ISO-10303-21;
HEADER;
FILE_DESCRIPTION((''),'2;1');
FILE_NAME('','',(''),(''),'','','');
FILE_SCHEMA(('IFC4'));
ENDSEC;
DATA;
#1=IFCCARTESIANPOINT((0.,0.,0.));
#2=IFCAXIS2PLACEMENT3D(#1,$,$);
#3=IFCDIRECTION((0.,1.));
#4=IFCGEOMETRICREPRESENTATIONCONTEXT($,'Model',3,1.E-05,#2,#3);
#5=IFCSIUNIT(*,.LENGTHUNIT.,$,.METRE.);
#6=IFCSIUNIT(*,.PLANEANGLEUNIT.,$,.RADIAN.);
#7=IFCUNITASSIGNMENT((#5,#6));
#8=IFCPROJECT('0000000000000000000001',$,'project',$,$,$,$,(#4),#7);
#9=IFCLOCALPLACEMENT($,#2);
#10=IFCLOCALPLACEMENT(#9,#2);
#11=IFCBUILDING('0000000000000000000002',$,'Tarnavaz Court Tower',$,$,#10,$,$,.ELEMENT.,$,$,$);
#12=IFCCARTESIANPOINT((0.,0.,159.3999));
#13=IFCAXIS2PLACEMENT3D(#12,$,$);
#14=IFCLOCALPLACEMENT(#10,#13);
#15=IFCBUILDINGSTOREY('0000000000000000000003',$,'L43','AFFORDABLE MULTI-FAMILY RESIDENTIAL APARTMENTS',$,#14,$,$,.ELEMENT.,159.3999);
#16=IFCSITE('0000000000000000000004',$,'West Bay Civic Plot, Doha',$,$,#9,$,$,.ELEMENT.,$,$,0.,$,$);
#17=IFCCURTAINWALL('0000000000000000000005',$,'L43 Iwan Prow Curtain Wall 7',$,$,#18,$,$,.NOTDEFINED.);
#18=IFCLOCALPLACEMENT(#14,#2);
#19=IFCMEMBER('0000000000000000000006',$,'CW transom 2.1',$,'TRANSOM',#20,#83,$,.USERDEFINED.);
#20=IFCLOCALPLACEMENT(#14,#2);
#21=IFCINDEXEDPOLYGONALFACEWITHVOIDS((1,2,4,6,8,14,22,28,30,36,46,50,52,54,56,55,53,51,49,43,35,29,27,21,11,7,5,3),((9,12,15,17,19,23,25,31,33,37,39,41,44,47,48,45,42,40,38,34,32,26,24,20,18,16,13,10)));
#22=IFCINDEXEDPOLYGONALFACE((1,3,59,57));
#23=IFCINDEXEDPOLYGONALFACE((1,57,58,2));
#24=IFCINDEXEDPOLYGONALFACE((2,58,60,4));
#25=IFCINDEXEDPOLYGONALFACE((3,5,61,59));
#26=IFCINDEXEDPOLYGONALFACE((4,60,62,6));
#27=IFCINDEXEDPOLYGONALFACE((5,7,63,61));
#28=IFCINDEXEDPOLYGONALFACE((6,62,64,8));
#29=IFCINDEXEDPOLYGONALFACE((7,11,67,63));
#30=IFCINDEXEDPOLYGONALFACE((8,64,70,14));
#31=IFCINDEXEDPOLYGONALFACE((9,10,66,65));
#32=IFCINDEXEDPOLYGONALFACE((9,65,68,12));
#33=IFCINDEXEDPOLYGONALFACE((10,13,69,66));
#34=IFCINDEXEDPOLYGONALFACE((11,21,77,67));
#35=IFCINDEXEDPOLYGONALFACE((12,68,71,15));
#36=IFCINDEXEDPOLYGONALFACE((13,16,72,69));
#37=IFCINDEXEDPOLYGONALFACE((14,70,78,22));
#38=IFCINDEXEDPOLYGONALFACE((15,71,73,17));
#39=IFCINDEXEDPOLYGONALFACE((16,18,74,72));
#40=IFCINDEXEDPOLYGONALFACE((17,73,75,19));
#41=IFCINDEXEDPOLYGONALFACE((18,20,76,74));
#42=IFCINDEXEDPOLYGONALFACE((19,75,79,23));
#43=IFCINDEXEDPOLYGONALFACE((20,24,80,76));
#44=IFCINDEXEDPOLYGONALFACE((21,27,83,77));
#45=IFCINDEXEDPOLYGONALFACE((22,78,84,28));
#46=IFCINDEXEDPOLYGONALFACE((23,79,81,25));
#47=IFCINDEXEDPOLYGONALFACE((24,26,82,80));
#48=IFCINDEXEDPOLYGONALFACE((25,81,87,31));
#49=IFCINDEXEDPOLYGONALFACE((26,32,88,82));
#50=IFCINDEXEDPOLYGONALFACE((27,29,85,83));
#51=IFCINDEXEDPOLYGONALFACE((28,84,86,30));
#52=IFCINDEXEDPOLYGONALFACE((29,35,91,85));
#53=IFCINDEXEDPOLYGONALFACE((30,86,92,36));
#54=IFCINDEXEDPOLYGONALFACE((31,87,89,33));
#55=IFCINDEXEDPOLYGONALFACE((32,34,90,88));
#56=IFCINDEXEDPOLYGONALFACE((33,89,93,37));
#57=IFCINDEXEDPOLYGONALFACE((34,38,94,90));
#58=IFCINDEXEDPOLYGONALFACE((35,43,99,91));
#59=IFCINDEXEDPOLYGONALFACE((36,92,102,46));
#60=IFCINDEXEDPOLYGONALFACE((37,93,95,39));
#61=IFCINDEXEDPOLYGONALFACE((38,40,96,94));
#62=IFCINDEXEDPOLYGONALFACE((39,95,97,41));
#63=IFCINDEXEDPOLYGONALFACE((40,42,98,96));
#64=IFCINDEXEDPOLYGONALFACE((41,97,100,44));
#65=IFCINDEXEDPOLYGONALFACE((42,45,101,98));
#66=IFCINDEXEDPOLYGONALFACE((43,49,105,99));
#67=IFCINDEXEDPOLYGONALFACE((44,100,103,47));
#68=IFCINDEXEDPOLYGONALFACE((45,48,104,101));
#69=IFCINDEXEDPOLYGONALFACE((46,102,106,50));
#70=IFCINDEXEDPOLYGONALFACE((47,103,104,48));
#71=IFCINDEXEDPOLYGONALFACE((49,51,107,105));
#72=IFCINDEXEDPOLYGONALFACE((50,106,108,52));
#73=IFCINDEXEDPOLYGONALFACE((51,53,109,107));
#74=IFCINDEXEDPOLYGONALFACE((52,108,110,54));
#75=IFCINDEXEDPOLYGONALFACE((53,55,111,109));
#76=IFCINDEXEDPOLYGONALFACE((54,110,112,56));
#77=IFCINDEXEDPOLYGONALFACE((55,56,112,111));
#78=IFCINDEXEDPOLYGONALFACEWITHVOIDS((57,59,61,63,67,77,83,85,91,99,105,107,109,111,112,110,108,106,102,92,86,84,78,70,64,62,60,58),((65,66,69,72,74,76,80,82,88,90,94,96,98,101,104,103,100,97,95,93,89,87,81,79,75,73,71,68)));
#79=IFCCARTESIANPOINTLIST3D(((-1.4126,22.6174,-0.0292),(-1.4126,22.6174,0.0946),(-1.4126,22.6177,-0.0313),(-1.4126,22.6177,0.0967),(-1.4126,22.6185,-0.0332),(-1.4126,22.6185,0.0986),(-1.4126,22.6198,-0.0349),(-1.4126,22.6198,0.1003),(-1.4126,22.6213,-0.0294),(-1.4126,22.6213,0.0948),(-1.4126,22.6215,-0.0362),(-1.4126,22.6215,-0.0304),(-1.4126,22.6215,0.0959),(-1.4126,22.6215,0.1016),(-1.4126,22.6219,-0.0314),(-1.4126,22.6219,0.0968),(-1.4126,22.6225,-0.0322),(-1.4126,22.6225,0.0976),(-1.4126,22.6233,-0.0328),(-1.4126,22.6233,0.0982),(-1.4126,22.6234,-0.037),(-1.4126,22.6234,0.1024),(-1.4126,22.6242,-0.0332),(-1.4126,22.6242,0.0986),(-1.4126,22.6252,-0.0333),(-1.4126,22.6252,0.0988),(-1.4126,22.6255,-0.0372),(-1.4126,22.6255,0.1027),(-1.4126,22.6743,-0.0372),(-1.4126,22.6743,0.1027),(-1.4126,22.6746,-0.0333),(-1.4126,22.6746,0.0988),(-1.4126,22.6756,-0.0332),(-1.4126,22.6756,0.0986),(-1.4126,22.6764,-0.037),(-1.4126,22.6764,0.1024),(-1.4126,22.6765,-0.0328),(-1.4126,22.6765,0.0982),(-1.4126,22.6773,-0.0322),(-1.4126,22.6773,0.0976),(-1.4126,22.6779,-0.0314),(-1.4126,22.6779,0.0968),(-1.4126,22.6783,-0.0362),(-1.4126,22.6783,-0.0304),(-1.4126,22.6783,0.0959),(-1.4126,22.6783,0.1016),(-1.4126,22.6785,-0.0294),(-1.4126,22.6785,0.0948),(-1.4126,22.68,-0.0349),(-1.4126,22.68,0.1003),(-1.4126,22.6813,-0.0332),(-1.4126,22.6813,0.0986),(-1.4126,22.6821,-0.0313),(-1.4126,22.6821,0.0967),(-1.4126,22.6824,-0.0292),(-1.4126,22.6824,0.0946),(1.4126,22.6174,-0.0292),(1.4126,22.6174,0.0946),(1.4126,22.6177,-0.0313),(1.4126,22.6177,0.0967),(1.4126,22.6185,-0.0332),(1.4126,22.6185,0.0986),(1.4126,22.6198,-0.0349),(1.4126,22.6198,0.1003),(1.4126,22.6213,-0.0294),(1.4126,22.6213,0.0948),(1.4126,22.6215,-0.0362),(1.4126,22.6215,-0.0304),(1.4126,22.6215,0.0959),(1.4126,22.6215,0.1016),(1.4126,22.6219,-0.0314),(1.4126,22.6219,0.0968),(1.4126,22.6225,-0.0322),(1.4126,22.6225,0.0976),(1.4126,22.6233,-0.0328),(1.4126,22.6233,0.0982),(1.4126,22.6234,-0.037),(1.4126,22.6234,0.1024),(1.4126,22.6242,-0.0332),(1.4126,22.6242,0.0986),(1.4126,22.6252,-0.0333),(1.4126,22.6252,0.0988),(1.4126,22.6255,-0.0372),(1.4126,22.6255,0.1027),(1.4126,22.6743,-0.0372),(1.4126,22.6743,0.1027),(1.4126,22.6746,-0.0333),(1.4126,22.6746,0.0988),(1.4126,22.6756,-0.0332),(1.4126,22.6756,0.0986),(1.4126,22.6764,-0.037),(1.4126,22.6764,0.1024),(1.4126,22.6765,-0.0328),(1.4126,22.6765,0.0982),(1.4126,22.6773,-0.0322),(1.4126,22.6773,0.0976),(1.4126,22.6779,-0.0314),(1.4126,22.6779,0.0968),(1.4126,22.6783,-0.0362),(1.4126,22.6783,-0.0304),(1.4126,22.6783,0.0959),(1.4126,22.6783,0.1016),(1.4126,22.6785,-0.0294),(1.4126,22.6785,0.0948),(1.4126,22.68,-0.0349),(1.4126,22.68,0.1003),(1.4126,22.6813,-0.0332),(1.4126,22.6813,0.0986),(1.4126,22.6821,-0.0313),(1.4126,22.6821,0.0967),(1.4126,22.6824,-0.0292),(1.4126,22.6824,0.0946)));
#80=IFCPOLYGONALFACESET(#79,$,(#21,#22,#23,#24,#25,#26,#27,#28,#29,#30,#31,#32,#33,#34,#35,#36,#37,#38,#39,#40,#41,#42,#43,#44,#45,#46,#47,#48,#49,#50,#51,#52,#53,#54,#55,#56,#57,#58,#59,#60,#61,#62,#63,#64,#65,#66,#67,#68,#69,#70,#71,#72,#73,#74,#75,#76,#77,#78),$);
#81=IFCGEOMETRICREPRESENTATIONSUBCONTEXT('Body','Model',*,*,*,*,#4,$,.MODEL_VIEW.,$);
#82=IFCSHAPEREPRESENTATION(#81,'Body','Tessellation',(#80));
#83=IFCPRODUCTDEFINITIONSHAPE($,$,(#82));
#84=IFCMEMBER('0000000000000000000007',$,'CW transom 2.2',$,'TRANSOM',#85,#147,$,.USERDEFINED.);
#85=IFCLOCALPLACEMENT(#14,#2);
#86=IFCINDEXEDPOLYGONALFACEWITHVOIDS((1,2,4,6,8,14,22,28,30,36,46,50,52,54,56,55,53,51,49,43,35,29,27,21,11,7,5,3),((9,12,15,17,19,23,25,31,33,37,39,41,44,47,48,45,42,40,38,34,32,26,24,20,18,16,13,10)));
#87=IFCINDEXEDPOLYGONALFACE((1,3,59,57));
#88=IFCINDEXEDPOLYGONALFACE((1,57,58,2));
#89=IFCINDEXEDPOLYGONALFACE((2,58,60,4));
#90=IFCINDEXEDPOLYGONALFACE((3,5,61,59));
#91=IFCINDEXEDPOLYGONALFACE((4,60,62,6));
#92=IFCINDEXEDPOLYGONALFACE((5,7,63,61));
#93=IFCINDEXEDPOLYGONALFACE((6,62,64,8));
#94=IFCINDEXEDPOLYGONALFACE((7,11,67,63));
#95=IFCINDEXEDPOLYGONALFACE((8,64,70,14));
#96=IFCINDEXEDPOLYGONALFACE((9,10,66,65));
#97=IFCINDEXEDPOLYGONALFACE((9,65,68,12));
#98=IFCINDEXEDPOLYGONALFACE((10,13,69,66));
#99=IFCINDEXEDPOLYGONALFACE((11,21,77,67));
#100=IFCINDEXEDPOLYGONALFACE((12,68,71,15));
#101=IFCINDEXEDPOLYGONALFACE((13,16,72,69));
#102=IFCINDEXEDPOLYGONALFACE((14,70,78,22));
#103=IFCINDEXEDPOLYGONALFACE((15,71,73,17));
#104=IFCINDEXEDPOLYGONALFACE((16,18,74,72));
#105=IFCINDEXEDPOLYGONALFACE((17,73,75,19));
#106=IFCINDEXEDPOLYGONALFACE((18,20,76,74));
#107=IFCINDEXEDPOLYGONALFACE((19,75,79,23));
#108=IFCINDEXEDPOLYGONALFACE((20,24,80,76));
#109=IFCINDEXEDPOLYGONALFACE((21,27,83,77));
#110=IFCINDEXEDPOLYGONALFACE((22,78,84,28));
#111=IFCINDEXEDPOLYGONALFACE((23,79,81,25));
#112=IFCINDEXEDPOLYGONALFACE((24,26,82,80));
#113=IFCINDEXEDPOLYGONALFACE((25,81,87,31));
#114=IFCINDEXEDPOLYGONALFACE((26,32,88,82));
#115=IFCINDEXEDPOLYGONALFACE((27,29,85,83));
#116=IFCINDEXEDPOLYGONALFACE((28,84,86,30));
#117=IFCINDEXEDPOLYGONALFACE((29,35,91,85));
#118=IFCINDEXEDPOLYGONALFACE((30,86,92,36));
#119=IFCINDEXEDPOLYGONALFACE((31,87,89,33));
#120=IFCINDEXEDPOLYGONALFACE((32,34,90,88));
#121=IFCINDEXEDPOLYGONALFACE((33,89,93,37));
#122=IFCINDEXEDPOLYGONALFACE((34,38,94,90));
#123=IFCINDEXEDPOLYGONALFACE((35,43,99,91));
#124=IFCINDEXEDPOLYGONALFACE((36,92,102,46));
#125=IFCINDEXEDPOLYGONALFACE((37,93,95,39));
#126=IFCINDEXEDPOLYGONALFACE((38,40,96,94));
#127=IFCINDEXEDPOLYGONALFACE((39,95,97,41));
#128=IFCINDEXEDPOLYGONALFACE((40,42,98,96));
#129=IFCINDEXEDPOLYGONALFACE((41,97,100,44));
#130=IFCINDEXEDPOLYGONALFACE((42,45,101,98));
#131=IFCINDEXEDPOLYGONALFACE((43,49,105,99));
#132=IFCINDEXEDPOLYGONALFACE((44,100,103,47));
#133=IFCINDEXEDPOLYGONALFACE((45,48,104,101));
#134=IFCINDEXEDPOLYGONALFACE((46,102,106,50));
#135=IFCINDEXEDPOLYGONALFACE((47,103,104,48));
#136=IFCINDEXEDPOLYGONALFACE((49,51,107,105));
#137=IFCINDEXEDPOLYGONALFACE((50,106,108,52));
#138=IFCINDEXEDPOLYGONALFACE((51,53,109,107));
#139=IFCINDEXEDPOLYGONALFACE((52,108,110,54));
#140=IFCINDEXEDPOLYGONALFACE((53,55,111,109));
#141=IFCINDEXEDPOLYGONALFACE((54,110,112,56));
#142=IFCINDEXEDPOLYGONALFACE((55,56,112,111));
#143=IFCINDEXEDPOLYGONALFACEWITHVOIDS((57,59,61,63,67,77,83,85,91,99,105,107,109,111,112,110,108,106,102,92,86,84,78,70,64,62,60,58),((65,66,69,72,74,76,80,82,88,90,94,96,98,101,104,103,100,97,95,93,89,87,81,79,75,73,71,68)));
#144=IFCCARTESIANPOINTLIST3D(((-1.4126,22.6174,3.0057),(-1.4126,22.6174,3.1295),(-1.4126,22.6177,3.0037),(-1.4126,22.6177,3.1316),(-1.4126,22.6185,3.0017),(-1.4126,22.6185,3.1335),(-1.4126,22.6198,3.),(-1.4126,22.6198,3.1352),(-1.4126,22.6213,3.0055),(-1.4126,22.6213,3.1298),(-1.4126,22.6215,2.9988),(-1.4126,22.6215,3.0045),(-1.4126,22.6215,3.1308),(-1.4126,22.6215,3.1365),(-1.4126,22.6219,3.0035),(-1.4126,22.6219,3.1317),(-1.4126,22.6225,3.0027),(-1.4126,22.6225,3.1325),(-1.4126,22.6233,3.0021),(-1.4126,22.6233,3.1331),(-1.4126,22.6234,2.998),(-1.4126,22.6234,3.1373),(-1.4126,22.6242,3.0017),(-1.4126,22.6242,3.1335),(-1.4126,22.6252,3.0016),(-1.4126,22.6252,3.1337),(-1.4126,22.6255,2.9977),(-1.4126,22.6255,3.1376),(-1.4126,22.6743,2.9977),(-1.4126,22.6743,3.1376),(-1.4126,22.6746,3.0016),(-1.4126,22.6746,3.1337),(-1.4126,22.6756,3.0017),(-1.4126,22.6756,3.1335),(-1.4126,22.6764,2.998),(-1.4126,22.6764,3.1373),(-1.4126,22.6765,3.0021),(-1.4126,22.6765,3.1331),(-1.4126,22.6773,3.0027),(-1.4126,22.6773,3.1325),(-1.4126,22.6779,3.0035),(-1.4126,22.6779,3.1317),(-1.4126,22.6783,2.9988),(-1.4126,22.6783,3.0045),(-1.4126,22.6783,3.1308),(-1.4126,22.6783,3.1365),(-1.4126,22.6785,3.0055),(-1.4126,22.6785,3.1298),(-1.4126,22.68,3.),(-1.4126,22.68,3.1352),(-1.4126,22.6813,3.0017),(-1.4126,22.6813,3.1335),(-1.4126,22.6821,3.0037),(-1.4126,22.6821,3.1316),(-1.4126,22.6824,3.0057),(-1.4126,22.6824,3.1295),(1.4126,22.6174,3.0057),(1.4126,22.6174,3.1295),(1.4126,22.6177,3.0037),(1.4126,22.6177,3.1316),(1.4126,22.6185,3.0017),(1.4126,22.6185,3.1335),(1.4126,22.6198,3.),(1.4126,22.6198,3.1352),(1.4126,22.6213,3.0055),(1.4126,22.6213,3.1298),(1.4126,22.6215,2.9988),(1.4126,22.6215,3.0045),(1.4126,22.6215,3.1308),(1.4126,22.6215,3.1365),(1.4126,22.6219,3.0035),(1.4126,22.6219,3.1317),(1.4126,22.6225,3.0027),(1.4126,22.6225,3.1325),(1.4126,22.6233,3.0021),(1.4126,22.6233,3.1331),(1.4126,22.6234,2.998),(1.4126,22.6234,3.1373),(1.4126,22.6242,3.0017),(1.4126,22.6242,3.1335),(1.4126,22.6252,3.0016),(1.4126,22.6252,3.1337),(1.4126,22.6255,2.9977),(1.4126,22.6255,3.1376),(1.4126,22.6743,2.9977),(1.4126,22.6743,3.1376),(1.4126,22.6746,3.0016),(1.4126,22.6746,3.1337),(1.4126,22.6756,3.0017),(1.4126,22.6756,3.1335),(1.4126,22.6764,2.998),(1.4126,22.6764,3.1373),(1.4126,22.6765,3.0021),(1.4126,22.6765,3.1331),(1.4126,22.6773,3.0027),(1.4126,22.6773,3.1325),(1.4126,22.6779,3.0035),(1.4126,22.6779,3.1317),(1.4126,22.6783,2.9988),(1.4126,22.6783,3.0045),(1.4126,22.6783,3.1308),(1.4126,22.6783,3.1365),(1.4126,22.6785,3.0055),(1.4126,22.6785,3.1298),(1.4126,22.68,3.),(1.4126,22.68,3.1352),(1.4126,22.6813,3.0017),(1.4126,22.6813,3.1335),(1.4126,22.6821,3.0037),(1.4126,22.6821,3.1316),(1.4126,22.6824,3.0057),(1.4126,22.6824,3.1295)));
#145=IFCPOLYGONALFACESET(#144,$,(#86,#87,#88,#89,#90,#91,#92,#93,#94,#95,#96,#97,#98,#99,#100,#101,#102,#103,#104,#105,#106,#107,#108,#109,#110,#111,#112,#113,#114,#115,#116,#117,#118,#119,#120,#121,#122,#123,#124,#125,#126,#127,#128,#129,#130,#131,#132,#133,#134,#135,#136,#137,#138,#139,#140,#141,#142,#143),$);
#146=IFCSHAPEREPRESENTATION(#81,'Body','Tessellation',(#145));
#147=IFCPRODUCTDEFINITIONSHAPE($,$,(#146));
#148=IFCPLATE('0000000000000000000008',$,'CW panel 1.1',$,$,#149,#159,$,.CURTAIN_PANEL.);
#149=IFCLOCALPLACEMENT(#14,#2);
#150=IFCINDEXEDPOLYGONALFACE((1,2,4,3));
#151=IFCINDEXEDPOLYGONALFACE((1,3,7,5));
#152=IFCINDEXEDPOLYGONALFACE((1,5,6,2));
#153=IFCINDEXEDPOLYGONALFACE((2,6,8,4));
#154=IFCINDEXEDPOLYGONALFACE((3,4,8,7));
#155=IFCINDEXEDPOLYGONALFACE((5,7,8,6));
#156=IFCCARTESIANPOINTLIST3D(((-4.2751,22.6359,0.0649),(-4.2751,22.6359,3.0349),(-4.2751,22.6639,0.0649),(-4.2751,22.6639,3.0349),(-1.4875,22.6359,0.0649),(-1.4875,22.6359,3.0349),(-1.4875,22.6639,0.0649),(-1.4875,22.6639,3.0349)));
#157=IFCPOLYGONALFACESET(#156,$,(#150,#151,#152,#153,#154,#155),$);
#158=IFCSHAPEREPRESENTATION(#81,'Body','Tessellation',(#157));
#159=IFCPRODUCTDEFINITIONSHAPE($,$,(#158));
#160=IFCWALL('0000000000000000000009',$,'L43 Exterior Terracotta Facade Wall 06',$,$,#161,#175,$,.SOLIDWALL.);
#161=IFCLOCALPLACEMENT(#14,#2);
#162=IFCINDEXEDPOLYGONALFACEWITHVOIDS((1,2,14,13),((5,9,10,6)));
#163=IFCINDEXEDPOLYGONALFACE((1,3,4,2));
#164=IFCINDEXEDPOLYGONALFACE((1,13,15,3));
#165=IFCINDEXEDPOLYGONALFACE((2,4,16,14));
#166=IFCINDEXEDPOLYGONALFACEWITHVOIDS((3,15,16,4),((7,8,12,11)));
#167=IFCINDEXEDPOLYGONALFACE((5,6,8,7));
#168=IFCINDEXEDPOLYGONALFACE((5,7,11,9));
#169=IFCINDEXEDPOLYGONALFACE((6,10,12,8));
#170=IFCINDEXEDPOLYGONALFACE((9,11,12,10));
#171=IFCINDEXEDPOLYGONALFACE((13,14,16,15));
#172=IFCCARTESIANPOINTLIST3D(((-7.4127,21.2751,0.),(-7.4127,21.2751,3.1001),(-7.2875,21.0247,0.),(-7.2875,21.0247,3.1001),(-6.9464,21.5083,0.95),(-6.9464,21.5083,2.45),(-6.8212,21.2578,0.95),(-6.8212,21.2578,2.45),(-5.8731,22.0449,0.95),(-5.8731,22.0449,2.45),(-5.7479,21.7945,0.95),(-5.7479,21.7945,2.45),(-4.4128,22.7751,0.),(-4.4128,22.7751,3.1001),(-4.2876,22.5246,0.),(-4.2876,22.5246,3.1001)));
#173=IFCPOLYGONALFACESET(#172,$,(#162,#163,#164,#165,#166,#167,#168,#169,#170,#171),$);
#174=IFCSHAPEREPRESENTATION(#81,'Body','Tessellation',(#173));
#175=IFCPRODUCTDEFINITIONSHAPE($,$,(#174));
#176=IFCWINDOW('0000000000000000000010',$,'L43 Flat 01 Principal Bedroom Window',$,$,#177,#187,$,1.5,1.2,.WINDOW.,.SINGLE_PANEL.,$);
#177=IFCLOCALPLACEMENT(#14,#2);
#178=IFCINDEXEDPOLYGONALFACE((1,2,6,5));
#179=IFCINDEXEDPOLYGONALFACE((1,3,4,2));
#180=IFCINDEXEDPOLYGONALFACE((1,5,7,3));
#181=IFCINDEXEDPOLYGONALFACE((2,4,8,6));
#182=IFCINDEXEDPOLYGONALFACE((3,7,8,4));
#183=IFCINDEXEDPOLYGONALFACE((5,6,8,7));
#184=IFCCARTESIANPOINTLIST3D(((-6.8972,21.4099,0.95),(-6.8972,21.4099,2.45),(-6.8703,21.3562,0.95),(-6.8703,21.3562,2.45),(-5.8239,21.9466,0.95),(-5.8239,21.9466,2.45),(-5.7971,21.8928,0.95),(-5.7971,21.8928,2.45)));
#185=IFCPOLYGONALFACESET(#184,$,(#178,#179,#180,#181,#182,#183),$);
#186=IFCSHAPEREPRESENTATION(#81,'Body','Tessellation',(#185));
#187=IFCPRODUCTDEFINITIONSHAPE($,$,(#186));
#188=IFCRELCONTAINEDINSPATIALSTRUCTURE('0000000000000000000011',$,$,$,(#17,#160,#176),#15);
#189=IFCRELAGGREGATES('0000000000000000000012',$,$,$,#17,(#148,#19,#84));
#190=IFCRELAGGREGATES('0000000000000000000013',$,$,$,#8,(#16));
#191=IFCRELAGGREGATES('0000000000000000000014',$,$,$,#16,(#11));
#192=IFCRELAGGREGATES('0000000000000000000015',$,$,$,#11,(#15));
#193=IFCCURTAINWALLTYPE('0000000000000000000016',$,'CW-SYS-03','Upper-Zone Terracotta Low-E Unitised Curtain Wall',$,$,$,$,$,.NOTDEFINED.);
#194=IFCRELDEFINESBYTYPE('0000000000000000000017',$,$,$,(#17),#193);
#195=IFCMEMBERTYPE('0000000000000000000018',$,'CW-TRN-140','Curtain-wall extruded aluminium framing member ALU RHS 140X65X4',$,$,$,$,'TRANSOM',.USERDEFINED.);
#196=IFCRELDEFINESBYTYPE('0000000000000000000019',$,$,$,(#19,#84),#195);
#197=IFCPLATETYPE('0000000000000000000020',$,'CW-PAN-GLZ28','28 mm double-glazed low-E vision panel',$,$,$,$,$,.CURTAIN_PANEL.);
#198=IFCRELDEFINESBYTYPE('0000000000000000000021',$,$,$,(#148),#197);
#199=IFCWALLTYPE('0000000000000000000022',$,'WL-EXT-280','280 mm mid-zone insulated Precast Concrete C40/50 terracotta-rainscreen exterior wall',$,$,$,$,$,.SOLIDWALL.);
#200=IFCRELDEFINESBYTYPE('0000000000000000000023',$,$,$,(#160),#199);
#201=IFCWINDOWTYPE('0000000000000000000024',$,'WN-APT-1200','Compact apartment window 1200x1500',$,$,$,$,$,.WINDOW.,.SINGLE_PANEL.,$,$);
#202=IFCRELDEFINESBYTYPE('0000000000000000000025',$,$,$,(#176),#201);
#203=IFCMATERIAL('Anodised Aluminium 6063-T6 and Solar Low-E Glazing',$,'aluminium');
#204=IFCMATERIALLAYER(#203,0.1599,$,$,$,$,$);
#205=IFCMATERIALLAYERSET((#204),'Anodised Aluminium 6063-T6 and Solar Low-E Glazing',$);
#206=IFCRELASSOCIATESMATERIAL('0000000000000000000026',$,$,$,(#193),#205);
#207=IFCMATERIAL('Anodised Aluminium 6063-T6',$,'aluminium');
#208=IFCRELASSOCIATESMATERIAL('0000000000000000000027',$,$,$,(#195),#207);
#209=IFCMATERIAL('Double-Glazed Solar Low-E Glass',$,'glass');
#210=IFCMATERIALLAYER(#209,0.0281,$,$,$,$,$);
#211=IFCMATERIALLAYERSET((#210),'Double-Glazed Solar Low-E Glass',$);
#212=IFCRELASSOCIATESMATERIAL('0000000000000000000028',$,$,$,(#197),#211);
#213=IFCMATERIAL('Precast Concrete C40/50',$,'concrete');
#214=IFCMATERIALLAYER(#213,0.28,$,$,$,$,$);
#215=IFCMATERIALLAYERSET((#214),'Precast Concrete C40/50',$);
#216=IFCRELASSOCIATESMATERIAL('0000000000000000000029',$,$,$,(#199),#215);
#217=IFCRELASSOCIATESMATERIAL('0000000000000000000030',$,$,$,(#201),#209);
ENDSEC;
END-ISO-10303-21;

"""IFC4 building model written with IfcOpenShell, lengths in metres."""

from ifc_helpers import new_model, si_unit, direction, frame, frame_2d, origin, origin_2d, place, context, subcontext, project, spatial, rectangle, hollow_rectangle, extrude, material, layer, layer_set, material_profile, profile_set, type_object, element, fill, aggregate, save


model = new_model("IFC4")

# Units and contexts
model_context = context("Model", 3, precision=1e-05, world=origin(), true_north=direction((0.0, 1.0)))
body_context = subcontext(model_context, "Body", "Model", "MODEL_VIEW")
ifc_project = project(units=[si_unit("LENGTHUNIT", "METRE"), si_unit("PLANEANGLEUNIT", "RADIAN")], contexts=[model_context])

# Site, building, storey
site_placement = place(None, origin())
site = spatial("IfcSite", under=ifc_project, at=site_placement, Name="West Bay Civic Plot, Doha", CompositionType="ELEMENT", RefElevation=0.0)
building_placement = place(site_placement, origin())
building = spatial("IfcBuilding", under=site, at=building_placement, Name="Tarnavaz Court Tower", CompositionType="ELEMENT")
storey_placement = place(building_placement, frame((0.0, 0.0, 159.3999)))
storey = spatial("IfcBuildingStorey", under=building, at=storey_placement, Name="L43", Description="AFFORDABLE MULTI-FAMILY RESIDENTIAL APARTMENTS", CompositionType="ELEMENT", Elevation=159.3999)

# Curtain wall, members, plate
ifc_material_1 = material(Name="Anodised Aluminium 6063-T6 and Solar Low-E Glazing", Category="aluminium")
ifc_layer_1 = layer(ifc_material_1, 0.1599)
ifc_layer_set_1 = layer_set([ifc_layer_1], Name="Anodised Aluminium 6063-T6 and Solar Low-E Glazing")
curtain_wall_type = type_object("IfcCurtainWallType", Name="CW-SYS-03", Description="Upper-Zone Terracotta Low-E Unitised Curtain Wall", PredefinedType="NOTDEFINED", material=ifc_layer_set_1)
curtain_wall_placement = place(storey_placement, origin())
curtain_wall = element("IfcCurtainWall", 1, at=curtain_wall_placement, inside=storey, type_object=curtain_wall_type, Name="L43 Iwan Prow Curtain Wall 7", PredefinedType="NOTDEFINED")
ifc_material_2 = material(Name="Anodised Aluminium 6063-T6", Category="aluminium")
ifc_material_profile_1 = material_profile(ifc_material_2, hollow_rectangle(XDim=0.0649, YDim=0.1399, WallThickness=0.0039, InnerFilletRadius=0.0039, OuterFilletRadius=0.0081, at=origin_2d()), Name="ALU RHS 140X65X4")
ifc_profile_set_1 = profile_set([ifc_material_profile_1], Name="Anodised Aluminium 6063-T6")
member_type_1 = type_object("IfcMemberType", Name="CW-TRN-140", Description="Curtain-wall extruded aluminium framing member ALU RHS 140X65X4", ElementType="TRANSOM", PredefinedType="USERDEFINED", material=ifc_profile_set_1)
member_1_placement = place(storey_placement, frame((-1.4126, 22.6499, 0.0327), z_axis=(1.0, 0.0, 0.0), x_axis=(0.0, 1.0, 0.0)))
member_1 = element("IfcMember", 2, at=member_1_placement, type_object=member_type_1, Name="CW transom 2.1", ObjectType="TRANSOM", PredefinedType="USERDEFINED", context=body_context, shape_type="SweptSolid", body=[
    extrude(hollow_rectangle(XDim=0.0649, YDim=0.1399, WallThickness=0.0039, InnerFilletRadius=0.0039, OuterFilletRadius=0.0081, at=origin_2d()), origin(), (0.0, 0.0, 1.0), 2.8252),
])
member_2_placement = place(storey_placement, frame((-1.4126, 22.6499, 3.0676), z_axis=(1.0, 0.0, 0.0), x_axis=(0.0, 1.0, 0.0)))
member_2 = element("IfcMember", 3, at=member_2_placement, type_object=member_type_1, Name="CW transom 2.2", ObjectType="TRANSOM", PredefinedType="USERDEFINED", context=body_context, shape_type="SweptSolid", body=[
    extrude(hollow_rectangle(XDim=0.0649, YDim=0.1399, WallThickness=0.0039, InnerFilletRadius=0.0039, OuterFilletRadius=0.0081, at=origin_2d()), origin(), (0.0, 0.0, 1.0), 2.8252),
])
ifc_material_3 = material(Name="Double-Glazed Solar Low-E Glass", Category="glass")
ifc_layer_2 = layer(ifc_material_3, 0.0281)
ifc_layer_set_2 = layer_set([ifc_layer_2], Name="Double-Glazed Solar Low-E Glass")
plate_type = type_object("IfcPlateType", Name="CW-PAN-GLZ28", Description="28 mm double-glazed low-E vision panel", PredefinedType="CURTAIN_PANEL", material=ifc_layer_set_2)
plate_placement = place(storey_placement, frame((-2.8813, 22.6499, 0.0649), z_axis=(0.0, 0.0, 1.0), x_axis=(1.0, 0.0, 0.0)))
plate = element("IfcPlate", 4, at=plate_placement, type_object=plate_type, Name="CW panel 1.1", PredefinedType="CURTAIN_PANEL", context=body_context, shape_type="SweptSolid", body=[
    extrude(rectangle(XDim=2.7876, YDim=0.0281, at=origin_2d()), origin(), (0.0, 0.0, 1.0), 2.97),
])
aggregate(curtain_wall, [plate, member_1, member_2])

# Wall, opening, window
ifc_material_4 = material(Name="Precast Concrete C40/50", Category="concrete")
ifc_layer_3 = layer(ifc_material_4, 0.28)
ifc_layer_set_3 = layer_set([ifc_layer_3], Name="Precast Concrete C40/50")
wall_type_1 = type_object("IfcWallType", Name="WL-EXT-280", Description="280 mm mid-zone insulated Precast Concrete C40/50 terracotta-rainscreen exterior wall", PredefinedType="SOLIDWALL", material=ifc_layer_set_3)
wall_1_placement = place(storey_placement, frame((-7.3501, 21.1499, 0.0), z_axis=(0.0, 0.0, 1.0), x_axis=(0.894427, 0.447214, 0.0)))
wall_1 = element("IfcWall", 5, at=wall_1_placement, inside=storey, type_object=wall_type_1, Name="L43 Exterior Terracotta Facade Wall 06", PredefinedType="SOLIDWALL", context=body_context, shape_type="SweptSolid", body=[
    extrude(rectangle(XDim=3.354, YDim=0.28, at=frame_2d((1.677, 0.0))), origin(), (0.0, 0.0, 1.0), 3.1001),
])
opening_1_placement = place(wall_1_placement, frame((0.5212, 0.0, 0.95)))
opening_1 = element("IfcOpeningElement", 6, at=opening_1_placement, cuts=wall_1, PredefinedType="OPENING", context=body_context, shape_type="SweptSolid", body=[
    extrude(rectangle(XDim=1.2, YDim=1.5, at=frame_2d((0.6001, 0.75))), frame((0.0, 0.1499, 0.0), z_axis=(0.0, -1.0, 0.0), x_axis=(1.0, 0.0, 0.0)), (0.0, 0.0, 1.0), 0.3),
])
window_type = type_object("IfcWindowType", Name="WN-APT-1200", Description="Compact apartment window 1200x1500", PartitioningType="SINGLE_PANEL", PredefinedType="WINDOW", material=ifc_material_3)
window_placement = place(opening_1_placement, origin())
window = element("IfcWindow", 7, at=window_placement, inside=storey, type_object=window_type, Name="L43 Flat 01 Principal Bedroom Window", OverallHeight=1.5, OverallWidth=1.2, PartitioningType="SINGLE_PANEL", PredefinedType="WINDOW", context=body_context, shape_type="SweptSolid", body=[
    extrude(rectangle(XDim=1.2, YDim=1.5, at=frame_2d((0.6001, 0.75))), frame((0.0, 0.03, 0.0), z_axis=(0.0, -1.0, 0.0), x_axis=(1.0, 0.0, 0.0)), (0.0, 0.0, 1.0), 0.0601),
])
fill(opening_1, window)

save(model, "model.ifc")
